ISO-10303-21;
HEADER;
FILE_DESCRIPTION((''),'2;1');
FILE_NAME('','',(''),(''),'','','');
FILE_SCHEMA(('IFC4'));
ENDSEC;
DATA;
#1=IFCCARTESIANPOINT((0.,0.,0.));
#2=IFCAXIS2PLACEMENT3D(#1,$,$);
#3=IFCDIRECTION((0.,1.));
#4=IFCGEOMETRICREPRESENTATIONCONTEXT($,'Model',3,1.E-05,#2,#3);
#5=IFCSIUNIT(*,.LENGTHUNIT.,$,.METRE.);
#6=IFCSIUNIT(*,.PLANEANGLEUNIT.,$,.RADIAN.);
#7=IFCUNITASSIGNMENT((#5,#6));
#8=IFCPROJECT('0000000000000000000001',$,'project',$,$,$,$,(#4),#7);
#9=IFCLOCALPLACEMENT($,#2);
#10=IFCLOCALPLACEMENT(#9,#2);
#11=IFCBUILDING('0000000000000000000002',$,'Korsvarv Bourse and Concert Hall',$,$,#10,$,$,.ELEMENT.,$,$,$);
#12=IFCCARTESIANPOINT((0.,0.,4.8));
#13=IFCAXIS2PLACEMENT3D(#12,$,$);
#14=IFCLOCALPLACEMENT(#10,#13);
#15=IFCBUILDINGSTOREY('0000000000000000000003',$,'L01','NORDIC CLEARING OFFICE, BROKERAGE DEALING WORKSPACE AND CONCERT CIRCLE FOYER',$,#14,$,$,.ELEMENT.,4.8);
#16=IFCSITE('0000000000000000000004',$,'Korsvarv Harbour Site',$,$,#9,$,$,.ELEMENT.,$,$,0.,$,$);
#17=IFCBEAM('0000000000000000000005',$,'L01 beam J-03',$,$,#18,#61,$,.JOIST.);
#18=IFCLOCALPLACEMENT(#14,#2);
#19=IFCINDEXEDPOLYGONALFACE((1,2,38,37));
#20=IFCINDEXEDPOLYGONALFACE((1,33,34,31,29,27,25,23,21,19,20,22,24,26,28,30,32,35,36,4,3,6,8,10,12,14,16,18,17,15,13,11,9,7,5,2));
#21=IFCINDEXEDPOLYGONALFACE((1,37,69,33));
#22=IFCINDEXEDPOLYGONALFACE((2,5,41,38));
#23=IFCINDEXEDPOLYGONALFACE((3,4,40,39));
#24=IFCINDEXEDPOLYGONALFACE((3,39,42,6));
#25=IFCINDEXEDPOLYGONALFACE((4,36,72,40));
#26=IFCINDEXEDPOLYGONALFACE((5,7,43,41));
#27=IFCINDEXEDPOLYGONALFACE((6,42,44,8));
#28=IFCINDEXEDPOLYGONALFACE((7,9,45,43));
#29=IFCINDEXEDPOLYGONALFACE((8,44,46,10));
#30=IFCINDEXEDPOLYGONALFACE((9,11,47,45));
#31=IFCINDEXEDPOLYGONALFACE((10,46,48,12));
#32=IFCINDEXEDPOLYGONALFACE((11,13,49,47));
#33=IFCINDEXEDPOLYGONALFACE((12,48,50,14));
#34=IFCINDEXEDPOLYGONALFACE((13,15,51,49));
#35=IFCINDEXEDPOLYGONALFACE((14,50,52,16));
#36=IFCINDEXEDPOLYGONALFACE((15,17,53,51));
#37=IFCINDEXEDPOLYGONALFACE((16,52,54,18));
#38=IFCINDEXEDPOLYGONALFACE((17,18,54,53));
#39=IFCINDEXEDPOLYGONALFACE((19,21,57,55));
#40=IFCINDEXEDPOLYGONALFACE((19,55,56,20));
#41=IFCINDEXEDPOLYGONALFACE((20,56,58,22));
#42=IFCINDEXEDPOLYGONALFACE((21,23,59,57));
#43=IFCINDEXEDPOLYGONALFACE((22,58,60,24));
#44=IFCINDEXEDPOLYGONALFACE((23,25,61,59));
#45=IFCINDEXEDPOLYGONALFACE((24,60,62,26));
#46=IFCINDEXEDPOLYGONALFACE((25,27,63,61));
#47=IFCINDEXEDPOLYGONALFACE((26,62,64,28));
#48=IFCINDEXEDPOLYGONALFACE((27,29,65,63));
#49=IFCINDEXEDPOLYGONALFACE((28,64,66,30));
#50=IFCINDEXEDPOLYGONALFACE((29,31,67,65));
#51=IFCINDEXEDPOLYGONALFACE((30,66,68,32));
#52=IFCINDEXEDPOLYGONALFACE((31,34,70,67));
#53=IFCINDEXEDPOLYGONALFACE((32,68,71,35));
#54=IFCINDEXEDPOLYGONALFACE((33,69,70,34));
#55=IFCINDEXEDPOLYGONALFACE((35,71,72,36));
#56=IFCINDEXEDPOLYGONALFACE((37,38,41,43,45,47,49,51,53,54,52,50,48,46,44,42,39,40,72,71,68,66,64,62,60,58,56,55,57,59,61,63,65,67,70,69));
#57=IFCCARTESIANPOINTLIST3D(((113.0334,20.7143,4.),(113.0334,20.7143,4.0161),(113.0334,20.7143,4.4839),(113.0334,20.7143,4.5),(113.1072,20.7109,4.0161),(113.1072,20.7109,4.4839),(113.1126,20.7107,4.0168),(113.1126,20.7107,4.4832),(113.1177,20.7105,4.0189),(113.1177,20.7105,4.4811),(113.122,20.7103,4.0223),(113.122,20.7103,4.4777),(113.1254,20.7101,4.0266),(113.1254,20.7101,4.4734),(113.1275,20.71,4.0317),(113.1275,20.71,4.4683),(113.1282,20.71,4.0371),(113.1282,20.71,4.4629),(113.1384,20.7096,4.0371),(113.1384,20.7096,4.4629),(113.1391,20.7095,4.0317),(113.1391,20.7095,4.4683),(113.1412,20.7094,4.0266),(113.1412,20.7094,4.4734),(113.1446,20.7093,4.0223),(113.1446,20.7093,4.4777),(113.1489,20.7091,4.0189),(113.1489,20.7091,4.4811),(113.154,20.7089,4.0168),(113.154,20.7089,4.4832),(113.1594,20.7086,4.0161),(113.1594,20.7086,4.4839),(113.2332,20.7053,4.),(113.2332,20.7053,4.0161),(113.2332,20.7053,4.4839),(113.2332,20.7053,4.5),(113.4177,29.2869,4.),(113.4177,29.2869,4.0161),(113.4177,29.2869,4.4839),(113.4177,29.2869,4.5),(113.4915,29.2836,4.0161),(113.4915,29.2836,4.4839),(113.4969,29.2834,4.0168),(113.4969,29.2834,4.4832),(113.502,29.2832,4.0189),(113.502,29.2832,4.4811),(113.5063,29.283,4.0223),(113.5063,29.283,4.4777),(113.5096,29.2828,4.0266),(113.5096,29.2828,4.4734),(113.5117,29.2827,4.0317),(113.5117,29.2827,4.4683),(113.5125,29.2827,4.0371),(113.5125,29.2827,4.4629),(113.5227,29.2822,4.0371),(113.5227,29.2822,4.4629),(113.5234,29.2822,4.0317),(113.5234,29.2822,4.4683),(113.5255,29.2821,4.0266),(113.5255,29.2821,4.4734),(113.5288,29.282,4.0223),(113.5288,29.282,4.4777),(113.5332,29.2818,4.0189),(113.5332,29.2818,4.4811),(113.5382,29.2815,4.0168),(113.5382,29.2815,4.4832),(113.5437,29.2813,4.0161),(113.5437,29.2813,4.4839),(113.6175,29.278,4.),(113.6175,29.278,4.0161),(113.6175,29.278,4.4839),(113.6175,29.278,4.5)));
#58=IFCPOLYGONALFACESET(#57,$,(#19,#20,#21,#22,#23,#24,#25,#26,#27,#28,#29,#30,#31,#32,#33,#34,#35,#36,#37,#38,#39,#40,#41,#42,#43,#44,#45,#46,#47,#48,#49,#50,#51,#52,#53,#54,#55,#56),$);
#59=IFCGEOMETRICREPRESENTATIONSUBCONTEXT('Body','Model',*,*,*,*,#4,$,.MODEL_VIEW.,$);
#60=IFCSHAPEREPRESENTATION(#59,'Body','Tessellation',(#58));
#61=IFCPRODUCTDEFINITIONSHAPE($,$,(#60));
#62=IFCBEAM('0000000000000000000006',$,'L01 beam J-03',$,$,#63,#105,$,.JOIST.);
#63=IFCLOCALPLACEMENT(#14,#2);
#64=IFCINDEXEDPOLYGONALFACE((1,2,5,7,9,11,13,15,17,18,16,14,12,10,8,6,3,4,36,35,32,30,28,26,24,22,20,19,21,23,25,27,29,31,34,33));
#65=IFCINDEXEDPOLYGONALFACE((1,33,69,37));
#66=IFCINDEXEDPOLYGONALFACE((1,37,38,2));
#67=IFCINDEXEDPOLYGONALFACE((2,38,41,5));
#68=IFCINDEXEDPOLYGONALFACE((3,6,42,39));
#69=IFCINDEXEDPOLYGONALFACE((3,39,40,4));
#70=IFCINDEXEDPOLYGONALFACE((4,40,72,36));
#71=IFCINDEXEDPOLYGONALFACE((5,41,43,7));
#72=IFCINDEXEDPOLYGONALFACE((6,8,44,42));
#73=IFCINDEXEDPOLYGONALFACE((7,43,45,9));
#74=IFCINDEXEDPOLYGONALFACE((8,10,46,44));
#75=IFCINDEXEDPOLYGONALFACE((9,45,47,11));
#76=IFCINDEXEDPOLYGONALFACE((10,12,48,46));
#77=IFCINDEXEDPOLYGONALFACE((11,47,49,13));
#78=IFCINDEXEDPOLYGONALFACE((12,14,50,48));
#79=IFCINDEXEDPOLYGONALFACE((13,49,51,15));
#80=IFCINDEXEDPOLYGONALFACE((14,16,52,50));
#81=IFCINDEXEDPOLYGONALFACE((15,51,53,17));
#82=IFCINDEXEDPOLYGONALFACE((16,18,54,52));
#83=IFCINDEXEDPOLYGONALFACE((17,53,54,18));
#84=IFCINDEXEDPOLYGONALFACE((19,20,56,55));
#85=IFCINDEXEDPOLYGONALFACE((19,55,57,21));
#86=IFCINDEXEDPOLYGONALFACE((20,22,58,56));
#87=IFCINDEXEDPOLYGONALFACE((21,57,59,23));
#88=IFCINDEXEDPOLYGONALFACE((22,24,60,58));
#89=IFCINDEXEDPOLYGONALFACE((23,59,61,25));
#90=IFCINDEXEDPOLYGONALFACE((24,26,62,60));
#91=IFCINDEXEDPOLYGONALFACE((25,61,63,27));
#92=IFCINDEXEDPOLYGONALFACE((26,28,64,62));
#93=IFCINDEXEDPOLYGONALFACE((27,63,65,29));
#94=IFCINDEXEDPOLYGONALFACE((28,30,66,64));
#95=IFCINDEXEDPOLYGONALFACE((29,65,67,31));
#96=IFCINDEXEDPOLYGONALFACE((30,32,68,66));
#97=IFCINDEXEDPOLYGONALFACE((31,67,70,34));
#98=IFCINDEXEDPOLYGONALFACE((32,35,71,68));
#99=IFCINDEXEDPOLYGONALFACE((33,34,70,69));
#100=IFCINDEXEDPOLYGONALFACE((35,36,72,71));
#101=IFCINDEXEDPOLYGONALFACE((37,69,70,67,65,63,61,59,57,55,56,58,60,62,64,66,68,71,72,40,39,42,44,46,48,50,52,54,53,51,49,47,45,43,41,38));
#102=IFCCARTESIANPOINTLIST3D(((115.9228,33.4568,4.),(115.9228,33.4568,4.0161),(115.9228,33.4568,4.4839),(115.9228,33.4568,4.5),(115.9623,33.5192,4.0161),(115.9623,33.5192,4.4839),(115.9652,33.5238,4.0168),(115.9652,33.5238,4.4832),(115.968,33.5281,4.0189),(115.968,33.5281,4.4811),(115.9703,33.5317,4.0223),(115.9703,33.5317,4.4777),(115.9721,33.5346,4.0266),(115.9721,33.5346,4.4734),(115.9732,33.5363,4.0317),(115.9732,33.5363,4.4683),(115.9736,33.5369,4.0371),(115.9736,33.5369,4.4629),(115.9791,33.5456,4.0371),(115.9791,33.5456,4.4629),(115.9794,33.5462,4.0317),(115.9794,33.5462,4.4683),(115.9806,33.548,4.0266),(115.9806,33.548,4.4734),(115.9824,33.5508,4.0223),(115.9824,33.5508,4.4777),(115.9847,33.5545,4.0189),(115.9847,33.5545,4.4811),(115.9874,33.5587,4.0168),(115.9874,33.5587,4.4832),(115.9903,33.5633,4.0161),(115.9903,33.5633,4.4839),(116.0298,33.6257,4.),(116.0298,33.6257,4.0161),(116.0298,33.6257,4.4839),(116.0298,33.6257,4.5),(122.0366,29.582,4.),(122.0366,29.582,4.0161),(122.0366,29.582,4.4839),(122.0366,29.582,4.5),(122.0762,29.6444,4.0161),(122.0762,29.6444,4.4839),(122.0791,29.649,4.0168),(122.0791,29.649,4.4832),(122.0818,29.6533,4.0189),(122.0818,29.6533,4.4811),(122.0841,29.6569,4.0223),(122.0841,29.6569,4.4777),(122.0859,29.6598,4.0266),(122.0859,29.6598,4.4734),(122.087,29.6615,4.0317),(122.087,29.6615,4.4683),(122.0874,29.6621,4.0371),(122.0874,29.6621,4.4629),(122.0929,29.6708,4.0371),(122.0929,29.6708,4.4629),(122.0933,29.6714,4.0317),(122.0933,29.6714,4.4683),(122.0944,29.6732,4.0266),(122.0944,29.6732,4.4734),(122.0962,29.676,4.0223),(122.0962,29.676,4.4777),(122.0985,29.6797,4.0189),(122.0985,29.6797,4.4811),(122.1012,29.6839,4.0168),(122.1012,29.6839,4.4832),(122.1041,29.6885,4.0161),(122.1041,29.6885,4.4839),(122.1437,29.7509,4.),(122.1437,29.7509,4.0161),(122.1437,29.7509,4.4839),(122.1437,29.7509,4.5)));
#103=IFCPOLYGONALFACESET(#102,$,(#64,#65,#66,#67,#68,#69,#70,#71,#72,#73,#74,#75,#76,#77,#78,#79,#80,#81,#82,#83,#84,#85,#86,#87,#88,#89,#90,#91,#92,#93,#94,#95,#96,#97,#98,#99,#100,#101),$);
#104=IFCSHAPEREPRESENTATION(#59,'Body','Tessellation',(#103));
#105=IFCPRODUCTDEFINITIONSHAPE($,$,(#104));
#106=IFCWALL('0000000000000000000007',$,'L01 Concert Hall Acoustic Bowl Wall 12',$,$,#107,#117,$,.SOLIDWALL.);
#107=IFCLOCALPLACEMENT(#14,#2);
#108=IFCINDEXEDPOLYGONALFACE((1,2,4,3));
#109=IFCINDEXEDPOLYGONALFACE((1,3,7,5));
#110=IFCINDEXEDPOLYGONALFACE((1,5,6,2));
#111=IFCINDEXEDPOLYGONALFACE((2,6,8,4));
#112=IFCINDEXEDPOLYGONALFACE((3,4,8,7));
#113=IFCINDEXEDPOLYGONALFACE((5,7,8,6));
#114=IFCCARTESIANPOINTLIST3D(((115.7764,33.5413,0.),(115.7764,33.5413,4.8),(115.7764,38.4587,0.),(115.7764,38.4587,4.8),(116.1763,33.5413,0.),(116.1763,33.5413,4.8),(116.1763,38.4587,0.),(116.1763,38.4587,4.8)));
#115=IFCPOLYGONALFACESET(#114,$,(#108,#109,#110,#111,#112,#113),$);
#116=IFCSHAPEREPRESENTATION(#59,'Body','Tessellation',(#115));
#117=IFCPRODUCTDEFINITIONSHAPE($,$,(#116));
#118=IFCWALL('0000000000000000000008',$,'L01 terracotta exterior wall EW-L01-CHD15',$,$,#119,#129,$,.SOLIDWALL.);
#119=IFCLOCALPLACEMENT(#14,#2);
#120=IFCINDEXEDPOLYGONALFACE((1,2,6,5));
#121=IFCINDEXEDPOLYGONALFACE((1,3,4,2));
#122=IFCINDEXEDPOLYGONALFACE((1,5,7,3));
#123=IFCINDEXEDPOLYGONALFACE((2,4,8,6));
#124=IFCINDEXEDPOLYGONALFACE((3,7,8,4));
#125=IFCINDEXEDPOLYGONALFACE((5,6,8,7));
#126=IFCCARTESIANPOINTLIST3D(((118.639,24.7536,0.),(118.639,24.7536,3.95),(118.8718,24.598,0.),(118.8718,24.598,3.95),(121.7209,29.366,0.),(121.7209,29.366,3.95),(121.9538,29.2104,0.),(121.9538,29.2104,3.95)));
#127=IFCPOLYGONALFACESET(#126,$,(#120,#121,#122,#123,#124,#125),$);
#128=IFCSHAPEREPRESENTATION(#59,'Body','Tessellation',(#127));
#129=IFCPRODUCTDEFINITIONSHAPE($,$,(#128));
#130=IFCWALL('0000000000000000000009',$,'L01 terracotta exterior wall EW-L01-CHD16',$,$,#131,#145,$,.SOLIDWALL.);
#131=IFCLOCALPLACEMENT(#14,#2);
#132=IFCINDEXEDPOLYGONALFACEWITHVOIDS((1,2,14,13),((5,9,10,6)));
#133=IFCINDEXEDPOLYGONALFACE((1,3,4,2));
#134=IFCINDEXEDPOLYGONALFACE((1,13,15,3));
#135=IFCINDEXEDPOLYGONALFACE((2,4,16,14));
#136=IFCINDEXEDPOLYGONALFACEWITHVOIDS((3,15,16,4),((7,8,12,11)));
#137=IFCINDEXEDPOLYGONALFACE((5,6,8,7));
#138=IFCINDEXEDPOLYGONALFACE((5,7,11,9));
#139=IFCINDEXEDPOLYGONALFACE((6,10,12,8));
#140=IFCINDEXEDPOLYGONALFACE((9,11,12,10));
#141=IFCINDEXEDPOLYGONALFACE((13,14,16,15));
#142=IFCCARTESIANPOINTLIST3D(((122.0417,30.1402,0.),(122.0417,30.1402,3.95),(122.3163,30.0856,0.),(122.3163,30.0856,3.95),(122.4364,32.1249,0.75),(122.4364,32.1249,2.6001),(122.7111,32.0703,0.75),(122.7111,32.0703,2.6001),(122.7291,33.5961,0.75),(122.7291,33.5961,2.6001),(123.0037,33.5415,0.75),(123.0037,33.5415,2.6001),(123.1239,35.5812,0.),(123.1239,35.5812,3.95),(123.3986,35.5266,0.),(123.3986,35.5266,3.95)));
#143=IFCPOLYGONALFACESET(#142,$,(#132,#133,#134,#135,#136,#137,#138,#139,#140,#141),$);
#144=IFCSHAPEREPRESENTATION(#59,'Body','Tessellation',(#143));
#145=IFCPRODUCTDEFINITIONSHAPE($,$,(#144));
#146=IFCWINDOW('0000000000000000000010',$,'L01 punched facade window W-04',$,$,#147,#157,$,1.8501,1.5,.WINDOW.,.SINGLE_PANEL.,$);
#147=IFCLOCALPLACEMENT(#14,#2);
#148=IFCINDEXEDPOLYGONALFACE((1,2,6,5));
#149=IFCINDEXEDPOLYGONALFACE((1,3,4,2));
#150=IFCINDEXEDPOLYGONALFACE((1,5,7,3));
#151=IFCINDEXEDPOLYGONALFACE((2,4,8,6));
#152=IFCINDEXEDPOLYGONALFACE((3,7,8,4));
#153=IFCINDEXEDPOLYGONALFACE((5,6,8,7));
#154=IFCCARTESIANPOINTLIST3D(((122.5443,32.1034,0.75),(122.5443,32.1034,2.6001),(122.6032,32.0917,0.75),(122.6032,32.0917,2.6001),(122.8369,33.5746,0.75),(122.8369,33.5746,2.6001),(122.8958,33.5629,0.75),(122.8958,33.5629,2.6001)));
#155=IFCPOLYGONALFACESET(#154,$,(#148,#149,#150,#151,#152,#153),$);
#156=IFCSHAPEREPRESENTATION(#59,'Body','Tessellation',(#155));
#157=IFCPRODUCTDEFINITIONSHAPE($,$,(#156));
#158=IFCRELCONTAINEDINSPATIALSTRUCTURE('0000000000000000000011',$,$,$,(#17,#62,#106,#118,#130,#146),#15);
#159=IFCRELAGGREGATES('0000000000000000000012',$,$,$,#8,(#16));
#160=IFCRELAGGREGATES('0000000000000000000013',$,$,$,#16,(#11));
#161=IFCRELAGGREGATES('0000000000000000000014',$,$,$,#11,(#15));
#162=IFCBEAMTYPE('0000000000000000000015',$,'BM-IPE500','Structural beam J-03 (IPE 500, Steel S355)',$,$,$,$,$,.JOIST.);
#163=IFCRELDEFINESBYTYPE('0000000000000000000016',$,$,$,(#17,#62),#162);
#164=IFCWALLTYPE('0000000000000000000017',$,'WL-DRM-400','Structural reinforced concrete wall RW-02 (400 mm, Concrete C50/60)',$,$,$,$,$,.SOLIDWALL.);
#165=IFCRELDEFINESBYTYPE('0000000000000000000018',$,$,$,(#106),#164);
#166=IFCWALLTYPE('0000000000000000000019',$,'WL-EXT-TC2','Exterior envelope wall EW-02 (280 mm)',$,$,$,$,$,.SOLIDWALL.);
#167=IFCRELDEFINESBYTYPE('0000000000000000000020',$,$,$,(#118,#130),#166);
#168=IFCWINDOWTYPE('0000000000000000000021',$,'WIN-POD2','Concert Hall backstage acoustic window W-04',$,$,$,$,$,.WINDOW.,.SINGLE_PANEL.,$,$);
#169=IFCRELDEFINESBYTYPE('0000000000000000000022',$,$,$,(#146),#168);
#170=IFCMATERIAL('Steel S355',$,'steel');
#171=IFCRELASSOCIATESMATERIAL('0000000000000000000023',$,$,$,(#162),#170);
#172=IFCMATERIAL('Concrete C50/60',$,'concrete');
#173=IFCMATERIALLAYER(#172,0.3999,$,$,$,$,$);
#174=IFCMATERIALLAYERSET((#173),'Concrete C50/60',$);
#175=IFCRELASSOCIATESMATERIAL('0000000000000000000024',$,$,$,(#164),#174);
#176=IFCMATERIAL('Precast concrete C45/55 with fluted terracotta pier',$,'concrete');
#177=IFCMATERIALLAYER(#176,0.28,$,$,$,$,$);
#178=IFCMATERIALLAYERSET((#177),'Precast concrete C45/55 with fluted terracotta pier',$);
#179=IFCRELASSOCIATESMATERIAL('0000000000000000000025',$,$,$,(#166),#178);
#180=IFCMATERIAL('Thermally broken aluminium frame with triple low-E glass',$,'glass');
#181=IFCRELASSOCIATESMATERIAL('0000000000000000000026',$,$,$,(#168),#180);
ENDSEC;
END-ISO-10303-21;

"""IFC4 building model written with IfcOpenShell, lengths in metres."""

from ifc_helpers import new_model, si_unit, direction, frame, frame_2d, origin, origin_2d, place, context, subcontext, project, spatial, rectangle, i_section, extrude, source, transform, mapped, material, layer, layer_set, material_profile, profile_set, type_object, element, fill, save


model = new_model("IFC4")

# Units and contexts
model_context = context("Model", 3, precision=1e-05, world=origin(), true_north=direction((0.0, 1.0)))
body_context = subcontext(model_context, "Body", "Model", "MODEL_VIEW")
ifc_project = project(units=[si_unit("LENGTHUNIT", "METRE"), si_unit("PLANEANGLEUNIT", "RADIAN")], contexts=[model_context])

# Site, building, storey
site_placement = place(None, origin())
site = spatial("IfcSite", under=ifc_project, at=site_placement, Name="Korsvarv Harbour Site", CompositionType="ELEMENT", RefElevation=0.0)
building_placement = place(site_placement, origin())
building = spatial("IfcBuilding", under=site, at=building_placement, Name="Korsvarv Bourse and Concert Hall", CompositionType="ELEMENT")
storey_placement = place(building_placement, frame((0.0, 0.0, 4.8)))
storey = spatial("IfcBuildingStorey", under=building, at=storey_placement, Name="L01", Description="NORDIC CLEARING OFFICE, BROKERAGE DEALING WORKSPACE AND CONCERT CIRCLE FOYER", CompositionType="ELEMENT", Elevation=4.8)

# Shared definitions
ifc_material_1 = material(Name="Concrete C50/60", Category="concrete")

# Beams
ifc_material_2 = material(Name="Steel S355", Category="steel")
ifc_material_profile_1 = material_profile(ifc_material_2, i_section(OverallWidth=0.2, OverallDepth=0.5, WebThickness=0.0103, FlangeThickness=0.0161, FilletRadius=0.021, at=origin_2d()), Name="IPE 500")
ifc_profile_set_1 = profile_set([ifc_material_profile_1], Name="Steel S355")
beam_type_1 = type_object("IfcBeamType", Name="BM-IPE500", Description="Structural beam J-03 (IPE 500, Steel S355)", PredefinedType="JOIST", material=ifc_profile_set_1)
shared_shape_1 = source(origin(), body_context, "Body", "SweptSolid", [
    extrude(i_section(OverallWidth=0.2, OverallDepth=0.5, WebThickness=0.0103, FlangeThickness=0.0161, FilletRadius=0.021, at=origin_2d()), origin(), (0.0, 0.0, 1.0), 8.5813),
])
beam_1_placement = place(storey_placement, frame((113.5176, 29.2825, 4.25), z_axis=(-0.04478, -0.998997, 0.0), x_axis=(0.998997, -0.04478, 0.0)))
element("IfcBeam", 1, at=beam_1_placement, inside=storey, type_object=beam_type_1, Name="L01 beam J-03", PredefinedType="JOIST", context=body_context, shape_type="MappedRepresentation", body=[
    mapped(shared_shape_1, transform((0.0, 0.0, 0.0), scale=1.0)),
])
shared_shape_2 = source(origin(), body_context, "Body", "SweptSolid", [
    extrude(i_section(OverallWidth=0.2, OverallDepth=0.5, WebThickness=0.0103, FlangeThickness=0.0161, FilletRadius=0.021, at=origin_2d()), origin(), (0.0, 0.0, 1.0), 7.2383),
])
beam_2_placement = place(storey_placement, frame((115.9763, 33.5413, 4.25), z_axis=(0.84465, -0.535318, 0.0), x_axis=(0.535318, 0.84465, 0.0)))
element("IfcBeam", 2, at=beam_2_placement, inside=storey, type_object=beam_type_1, Name="L01 beam J-03", PredefinedType="JOIST", context=body_context, shape_type="MappedRepresentation", body=[
    mapped(shared_shape_2, transform((0.0, 0.0, 0.0), scale=1.0)),
])

# Walls
ifc_layer_1 = layer(ifc_material_1, 0.3999)
ifc_layer_set_1 = layer_set([ifc_layer_1], Name="Concrete C50/60")
wall_type_1 = type_object("IfcWallType", Name="WL-DRM-400", Description="Structural reinforced concrete wall RW-02 (400 mm, Concrete C50/60)", PredefinedType="SOLIDWALL", material=ifc_layer_set_1)
wall_1_placement = place(storey_placement, frame((115.9763, 33.5413, 0.0), z_axis=(0.0, 0.0, 1.0), x_axis=(0.0, 1.0, 0.0)))
element("IfcWall", 3, at=wall_1_placement, inside=storey, type_object=wall_type_1, Name="L01 Concert Hall Acoustic Bowl Wall 12", PredefinedType="SOLIDWALL", context=body_context, shape_type="SweptSolid", body=[
    extrude(rectangle(XDim=4.9175, YDim=0.3999, at=frame_2d((2.4587, 0.0))), origin(), (0.0, 0.0, 1.0), 4.8),
])
ifc_material_3 = material(Name="Precast concrete C45/55 with fluted terracotta pier", Category="concrete")
ifc_layer_2 = layer(ifc_material_3, 0.28)
ifc_layer_set_2 = layer_set([ifc_layer_2], Name="Precast concrete C45/55 with fluted terracotta pier")
wall_type_2 = type_object("IfcWallType", Name="WL-EXT-TC2", Description="Exterior envelope wall EW-02 (280 mm)", PredefinedType="SOLIDWALL", material=ifc_layer_set_2)
wall_2_placement = place(storey_placement, frame((118.7554, 24.6758, 0.0), z_axis=(0.0, 0.0, 1.0), x_axis=(0.555573, 0.831468, 0.0)))
element("IfcWall", 4, at=wall_2_placement, inside=storey, type_object=wall_type_2, Name="L01 terracotta exterior wall EW-L01-CHD15", PredefinedType="SOLIDWALL", context=body_context, shape_type="SweptSolid", body=[
    extrude(rectangle(XDim=5.5474, YDim=0.28, at=frame_2d((2.7737, 0.0))), origin(), (0.0, 0.0, 1.0), 3.95),
])

# Wall, opening, window
wall_3_placement = place(storey_placement, frame((122.179, 30.1128, 0.0), z_axis=(0.0, 0.0, 1.0), x_axis=(0.195092, 0.980785, 0.0)))
wall_3 = element("IfcWall", 5, at=wall_3_placement, inside=storey, type_object=wall_type_2, Name="L01 terracotta exterior wall EW-L01-CHD16", PredefinedType="SOLIDWALL", context=body_context, shape_type="SweptSolid", body=[
    extrude(rectangle(XDim=5.5476, YDim=0.28, at=frame_2d((2.7739, 0.0))), origin(), (0.0, 0.0, 1.0), 3.95),
])
opening_1_placement = place(wall_3_placement, frame((2.0237, 0.0, 0.75)))
opening_1 = element("IfcOpeningElement", 6, at=opening_1_placement, cuts=wall_3, PredefinedType="OPENING", context=body_context, shape_type="SweptSolid", body=[
    extrude(rectangle(XDim=1.5, YDim=1.8501, at=frame_2d((0.75, 0.925))), frame((0.0, 0.1499, 0.0), z_axis=(0.0, -1.0, 0.0), x_axis=(1.0, 0.0, 0.0)), (0.0, 0.0, 1.0), 0.3),
])
ifc_material_4 = material(Name="Thermally broken aluminium frame with triple low-E glass", Category="glass")
window_type = type_object("IfcWindowType", Name="WIN-POD2", Description="Concert Hall backstage acoustic window W-04", PartitioningType="SINGLE_PANEL", PredefinedType="WINDOW", material=ifc_material_4)
window_placement = place(opening_1_placement, origin())
window = element("IfcWindow", 7, at=window_placement, inside=storey, type_object=window_type, Name="L01 punched facade window W-04", OverallHeight=1.8501, OverallWidth=1.5, PartitioningType="SINGLE_PANEL", PredefinedType="WINDOW", context=body_context, shape_type="SweptSolid", body=[
    extrude(rectangle(XDim=1.5, YDim=1.8501, at=frame_2d((0.75, 0.925))), frame((0.0, 0.03, 0.0), z_axis=(0.0, -1.0, 0.0), x_axis=(1.0, 0.0, 0.0)), (0.0, 0.0, 1.0), 0.0601),
])
fill(opening_1, window)

save(model, "model.ifc")
